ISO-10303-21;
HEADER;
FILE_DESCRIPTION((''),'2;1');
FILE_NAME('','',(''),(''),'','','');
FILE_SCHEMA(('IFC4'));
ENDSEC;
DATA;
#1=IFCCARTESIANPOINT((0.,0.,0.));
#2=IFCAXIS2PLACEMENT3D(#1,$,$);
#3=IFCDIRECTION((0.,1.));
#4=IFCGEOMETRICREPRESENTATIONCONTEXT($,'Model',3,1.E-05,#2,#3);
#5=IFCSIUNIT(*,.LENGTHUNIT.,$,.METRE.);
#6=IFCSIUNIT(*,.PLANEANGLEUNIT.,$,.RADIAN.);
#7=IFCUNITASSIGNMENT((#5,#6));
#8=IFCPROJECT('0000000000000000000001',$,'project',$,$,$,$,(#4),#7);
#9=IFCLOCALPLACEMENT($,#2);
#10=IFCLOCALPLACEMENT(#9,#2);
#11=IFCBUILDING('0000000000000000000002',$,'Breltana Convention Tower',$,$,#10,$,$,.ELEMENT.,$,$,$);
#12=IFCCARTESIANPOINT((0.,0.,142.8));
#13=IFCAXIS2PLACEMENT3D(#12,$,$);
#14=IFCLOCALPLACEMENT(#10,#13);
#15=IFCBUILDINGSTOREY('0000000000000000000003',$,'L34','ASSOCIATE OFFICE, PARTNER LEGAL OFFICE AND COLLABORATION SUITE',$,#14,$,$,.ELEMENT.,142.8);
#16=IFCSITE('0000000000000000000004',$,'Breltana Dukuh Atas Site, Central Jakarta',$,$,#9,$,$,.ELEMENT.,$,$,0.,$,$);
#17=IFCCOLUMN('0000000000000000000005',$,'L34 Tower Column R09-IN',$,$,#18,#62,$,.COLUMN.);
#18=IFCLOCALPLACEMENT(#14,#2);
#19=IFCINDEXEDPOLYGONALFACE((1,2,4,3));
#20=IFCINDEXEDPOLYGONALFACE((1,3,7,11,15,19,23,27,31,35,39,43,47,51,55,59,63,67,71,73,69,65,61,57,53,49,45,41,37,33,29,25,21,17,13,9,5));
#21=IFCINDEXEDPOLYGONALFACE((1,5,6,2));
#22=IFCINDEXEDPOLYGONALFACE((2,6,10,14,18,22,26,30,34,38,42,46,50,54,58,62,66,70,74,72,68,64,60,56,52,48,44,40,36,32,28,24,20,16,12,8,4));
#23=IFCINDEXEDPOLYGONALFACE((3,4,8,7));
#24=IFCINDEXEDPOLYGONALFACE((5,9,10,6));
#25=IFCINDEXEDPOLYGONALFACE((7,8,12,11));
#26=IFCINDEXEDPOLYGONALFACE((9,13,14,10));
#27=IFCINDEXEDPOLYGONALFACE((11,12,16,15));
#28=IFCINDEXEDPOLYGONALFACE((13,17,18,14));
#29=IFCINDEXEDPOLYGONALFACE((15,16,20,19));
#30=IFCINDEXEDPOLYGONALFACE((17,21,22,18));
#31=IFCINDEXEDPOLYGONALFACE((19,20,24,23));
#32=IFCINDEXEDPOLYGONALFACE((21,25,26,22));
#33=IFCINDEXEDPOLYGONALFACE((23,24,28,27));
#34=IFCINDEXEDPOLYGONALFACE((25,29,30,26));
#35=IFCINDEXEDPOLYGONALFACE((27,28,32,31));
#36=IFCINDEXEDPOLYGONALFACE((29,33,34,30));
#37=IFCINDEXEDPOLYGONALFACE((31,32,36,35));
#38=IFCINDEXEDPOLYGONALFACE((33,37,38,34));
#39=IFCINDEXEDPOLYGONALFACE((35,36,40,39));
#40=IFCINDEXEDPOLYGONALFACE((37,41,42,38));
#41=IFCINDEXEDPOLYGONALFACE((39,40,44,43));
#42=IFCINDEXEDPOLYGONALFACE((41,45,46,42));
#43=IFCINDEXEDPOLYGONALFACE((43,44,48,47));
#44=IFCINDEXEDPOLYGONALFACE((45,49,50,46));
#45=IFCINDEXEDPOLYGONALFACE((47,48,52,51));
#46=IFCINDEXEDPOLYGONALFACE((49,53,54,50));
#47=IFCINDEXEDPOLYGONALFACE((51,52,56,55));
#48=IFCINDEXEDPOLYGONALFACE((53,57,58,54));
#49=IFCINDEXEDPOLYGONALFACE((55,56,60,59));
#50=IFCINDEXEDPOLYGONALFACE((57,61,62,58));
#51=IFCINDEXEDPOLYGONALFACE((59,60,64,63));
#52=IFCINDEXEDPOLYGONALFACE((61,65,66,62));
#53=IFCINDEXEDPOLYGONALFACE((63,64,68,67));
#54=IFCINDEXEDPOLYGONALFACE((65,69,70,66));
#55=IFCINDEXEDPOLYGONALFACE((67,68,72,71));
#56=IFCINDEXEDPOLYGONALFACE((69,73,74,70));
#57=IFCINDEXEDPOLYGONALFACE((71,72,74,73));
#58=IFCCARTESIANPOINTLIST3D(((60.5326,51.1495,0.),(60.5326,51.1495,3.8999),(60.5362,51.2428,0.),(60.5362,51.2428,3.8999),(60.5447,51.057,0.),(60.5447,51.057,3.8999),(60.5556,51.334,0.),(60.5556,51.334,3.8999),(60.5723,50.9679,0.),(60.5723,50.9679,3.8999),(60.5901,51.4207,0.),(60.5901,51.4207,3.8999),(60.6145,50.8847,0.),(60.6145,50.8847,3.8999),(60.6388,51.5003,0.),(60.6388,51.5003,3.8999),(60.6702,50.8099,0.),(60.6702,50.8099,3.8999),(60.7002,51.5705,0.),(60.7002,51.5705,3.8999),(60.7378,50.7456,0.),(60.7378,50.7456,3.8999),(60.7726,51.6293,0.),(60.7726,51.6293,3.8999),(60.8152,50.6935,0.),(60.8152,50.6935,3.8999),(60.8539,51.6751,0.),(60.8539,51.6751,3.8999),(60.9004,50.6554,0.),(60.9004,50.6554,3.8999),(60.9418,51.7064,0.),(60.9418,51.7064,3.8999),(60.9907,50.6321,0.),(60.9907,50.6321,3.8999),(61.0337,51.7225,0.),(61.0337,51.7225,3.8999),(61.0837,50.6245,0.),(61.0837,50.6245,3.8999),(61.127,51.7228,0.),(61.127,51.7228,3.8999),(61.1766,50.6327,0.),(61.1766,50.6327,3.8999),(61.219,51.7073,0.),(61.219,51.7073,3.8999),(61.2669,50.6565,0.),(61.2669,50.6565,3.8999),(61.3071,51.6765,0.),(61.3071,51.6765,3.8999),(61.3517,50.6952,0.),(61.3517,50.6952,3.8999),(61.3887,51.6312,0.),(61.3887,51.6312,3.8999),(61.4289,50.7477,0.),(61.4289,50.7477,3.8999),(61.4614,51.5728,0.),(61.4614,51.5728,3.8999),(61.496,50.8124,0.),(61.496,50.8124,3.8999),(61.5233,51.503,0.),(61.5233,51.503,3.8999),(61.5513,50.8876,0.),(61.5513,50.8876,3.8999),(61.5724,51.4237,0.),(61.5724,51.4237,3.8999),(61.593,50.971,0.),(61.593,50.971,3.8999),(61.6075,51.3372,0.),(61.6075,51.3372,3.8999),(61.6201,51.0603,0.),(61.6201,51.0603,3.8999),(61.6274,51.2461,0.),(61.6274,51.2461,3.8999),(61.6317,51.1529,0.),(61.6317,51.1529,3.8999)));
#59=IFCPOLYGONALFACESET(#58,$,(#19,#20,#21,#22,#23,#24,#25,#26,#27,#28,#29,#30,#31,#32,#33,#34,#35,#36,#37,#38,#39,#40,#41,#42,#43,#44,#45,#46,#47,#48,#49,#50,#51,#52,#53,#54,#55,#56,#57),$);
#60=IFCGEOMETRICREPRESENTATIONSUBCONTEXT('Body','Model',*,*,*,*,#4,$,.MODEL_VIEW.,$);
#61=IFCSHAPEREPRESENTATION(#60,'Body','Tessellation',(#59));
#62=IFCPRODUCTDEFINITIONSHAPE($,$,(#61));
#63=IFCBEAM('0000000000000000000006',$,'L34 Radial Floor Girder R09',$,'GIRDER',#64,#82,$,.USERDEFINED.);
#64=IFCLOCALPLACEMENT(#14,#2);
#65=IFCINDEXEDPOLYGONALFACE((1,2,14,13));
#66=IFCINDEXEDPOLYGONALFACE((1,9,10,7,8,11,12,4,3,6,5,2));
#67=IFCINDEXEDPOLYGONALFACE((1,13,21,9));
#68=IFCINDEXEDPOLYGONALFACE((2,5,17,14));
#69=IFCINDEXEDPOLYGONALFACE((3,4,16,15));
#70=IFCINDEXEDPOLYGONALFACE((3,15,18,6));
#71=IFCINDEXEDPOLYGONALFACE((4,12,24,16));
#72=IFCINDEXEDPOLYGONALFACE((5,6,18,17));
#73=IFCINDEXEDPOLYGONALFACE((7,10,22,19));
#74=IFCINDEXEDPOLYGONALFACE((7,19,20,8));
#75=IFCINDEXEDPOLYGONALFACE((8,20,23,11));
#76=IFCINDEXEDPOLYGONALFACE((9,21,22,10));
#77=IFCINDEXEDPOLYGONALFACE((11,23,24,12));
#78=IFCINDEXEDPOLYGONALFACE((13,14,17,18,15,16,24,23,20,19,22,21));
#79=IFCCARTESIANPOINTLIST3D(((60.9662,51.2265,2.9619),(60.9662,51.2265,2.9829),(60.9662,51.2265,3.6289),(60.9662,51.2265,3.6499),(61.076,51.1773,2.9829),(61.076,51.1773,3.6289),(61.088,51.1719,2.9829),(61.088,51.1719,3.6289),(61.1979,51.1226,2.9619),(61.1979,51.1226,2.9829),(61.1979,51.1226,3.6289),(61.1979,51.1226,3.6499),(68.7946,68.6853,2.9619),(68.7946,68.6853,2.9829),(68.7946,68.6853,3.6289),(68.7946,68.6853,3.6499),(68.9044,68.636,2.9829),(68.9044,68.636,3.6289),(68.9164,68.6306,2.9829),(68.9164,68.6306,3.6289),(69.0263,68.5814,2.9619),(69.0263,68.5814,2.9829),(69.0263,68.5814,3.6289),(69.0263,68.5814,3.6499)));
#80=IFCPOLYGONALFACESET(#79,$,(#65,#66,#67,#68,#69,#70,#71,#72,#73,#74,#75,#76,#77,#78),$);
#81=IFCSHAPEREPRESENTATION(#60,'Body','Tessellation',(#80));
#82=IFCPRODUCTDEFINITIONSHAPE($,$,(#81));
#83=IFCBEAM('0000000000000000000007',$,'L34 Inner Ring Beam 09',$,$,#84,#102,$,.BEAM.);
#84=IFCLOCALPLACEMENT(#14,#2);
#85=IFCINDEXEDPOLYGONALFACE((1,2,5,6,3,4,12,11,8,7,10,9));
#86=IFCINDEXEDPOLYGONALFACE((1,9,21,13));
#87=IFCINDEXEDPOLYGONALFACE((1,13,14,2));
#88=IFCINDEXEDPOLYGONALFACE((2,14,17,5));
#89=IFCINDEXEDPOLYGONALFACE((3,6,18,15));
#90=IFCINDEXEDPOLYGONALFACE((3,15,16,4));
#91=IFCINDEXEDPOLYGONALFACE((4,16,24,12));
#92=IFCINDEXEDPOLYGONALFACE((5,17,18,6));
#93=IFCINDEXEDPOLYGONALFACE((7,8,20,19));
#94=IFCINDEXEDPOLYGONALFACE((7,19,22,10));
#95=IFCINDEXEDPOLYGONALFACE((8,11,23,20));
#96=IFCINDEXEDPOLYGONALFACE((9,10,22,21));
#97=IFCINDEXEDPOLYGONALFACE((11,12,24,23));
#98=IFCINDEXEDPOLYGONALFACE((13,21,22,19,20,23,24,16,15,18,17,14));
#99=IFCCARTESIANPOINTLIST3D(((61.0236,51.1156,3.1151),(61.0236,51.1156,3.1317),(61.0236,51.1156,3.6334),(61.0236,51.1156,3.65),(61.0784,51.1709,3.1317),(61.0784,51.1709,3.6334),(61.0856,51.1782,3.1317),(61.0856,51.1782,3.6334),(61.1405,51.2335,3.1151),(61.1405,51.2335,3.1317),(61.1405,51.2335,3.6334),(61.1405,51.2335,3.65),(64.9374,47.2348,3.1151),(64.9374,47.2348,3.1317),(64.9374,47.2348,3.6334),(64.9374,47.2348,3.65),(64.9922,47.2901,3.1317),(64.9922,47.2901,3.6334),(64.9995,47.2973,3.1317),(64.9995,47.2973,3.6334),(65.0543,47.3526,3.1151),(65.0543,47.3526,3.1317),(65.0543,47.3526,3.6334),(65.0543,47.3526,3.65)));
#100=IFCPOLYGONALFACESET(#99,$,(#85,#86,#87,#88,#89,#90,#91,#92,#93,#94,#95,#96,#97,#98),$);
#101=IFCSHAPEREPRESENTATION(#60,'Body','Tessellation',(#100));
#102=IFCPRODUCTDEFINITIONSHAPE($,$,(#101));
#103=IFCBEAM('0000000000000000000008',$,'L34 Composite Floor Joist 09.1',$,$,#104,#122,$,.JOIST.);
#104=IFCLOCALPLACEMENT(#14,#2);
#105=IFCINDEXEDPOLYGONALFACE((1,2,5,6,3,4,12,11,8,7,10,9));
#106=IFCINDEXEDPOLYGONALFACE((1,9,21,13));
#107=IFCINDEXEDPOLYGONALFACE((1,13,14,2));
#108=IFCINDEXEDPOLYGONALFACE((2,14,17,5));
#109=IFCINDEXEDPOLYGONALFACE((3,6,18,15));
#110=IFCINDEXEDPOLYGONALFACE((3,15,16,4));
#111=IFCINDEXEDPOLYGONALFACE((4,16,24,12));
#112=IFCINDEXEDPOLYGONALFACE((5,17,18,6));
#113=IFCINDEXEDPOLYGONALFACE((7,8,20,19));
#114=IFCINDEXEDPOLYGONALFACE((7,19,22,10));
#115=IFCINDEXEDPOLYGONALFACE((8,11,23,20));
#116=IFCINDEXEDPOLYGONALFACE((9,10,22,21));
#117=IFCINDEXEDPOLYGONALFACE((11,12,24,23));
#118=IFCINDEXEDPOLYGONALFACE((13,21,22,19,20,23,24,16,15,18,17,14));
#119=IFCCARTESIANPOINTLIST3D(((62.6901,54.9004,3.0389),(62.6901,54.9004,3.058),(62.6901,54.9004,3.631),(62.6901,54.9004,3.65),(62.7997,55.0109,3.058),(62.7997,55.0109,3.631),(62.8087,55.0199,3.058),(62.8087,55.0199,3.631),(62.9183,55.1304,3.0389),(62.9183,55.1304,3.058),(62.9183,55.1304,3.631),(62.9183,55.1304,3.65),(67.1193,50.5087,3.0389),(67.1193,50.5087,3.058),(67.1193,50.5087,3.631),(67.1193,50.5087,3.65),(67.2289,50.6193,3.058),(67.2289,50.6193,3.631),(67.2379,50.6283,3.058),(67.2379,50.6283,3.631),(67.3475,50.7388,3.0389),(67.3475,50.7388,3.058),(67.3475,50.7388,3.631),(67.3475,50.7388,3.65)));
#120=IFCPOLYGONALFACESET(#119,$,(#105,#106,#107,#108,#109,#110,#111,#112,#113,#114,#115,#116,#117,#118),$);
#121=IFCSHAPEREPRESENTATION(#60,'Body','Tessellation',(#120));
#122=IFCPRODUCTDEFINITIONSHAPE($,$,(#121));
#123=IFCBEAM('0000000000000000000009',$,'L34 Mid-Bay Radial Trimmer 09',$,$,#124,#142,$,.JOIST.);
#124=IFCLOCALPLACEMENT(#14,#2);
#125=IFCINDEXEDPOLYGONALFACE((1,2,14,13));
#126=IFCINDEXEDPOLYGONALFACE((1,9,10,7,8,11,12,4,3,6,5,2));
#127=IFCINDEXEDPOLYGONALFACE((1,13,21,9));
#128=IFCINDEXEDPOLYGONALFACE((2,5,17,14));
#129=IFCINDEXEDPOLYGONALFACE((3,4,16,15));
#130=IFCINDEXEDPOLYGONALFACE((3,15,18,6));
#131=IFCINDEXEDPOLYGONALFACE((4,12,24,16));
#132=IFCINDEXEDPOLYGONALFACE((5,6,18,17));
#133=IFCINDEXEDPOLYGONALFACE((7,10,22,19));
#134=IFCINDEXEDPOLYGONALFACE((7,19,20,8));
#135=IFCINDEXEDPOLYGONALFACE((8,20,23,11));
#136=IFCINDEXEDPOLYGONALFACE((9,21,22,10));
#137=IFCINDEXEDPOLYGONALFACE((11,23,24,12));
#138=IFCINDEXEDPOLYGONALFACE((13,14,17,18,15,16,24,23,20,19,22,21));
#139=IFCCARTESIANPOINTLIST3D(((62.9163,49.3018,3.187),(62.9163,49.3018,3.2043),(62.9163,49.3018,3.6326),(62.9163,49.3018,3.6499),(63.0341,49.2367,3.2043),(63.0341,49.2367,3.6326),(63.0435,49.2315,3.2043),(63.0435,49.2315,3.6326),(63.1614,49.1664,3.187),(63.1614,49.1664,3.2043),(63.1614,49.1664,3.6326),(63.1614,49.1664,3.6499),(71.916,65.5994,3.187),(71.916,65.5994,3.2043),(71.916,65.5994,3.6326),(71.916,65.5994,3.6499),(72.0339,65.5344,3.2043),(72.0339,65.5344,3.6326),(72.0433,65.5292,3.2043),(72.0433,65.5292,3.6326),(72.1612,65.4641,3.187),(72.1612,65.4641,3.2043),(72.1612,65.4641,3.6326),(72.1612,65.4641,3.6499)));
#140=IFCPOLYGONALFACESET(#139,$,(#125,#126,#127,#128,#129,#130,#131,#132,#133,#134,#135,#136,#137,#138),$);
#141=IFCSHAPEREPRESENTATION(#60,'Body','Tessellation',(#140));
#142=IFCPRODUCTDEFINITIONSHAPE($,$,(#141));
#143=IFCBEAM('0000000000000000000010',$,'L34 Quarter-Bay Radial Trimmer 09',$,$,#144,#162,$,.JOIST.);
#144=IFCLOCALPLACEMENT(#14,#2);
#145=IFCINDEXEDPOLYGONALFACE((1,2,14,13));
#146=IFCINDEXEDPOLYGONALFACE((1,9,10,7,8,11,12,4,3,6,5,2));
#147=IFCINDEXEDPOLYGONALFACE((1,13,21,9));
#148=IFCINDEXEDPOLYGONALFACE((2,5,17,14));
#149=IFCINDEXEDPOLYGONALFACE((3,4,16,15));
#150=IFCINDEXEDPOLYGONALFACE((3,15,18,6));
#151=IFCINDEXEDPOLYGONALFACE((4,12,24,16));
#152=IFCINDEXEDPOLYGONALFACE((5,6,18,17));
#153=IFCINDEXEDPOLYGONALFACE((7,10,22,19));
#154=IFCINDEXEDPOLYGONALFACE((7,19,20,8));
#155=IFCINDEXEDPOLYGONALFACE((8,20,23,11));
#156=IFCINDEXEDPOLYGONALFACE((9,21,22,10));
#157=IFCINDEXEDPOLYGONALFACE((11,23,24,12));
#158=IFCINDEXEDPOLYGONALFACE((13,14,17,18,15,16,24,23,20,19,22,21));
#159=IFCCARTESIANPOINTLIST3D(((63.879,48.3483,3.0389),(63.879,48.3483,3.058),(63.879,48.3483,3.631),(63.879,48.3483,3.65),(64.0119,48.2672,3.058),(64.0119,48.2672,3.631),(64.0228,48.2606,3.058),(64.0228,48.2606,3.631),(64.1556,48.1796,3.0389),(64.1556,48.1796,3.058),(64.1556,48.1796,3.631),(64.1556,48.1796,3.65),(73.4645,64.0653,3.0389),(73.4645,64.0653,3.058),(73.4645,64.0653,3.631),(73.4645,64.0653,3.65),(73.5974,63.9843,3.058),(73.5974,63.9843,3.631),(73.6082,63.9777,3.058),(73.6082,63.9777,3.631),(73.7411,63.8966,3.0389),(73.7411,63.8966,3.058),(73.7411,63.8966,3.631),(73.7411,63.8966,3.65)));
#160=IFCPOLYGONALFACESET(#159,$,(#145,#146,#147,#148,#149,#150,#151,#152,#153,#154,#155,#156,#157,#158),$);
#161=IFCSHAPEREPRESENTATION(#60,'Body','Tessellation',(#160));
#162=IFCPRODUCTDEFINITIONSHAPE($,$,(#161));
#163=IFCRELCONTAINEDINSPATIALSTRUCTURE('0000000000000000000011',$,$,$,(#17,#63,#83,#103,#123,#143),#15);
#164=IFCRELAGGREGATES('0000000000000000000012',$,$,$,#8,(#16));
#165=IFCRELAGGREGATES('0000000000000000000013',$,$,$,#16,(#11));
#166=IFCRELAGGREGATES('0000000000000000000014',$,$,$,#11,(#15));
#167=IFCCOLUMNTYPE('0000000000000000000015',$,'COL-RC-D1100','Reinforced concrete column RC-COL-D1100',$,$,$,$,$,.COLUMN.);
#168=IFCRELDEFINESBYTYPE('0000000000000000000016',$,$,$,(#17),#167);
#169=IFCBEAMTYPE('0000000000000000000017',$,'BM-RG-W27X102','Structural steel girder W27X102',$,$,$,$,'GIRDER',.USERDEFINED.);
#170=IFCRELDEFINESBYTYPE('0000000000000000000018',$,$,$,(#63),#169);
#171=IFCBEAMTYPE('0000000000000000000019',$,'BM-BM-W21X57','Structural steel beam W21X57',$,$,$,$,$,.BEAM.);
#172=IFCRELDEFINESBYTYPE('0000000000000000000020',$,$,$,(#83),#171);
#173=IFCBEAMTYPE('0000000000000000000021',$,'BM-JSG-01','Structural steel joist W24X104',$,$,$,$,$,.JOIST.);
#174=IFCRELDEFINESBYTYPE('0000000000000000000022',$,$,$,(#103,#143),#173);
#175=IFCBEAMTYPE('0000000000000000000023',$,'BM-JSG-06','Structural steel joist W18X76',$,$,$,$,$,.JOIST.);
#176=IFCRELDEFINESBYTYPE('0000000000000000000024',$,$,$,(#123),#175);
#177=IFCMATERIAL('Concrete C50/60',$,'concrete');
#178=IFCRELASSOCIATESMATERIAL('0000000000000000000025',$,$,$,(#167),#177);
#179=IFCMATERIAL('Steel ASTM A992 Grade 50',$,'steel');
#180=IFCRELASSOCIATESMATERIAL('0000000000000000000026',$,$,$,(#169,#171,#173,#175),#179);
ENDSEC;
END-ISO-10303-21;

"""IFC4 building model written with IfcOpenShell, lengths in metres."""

from ifc_helpers import new_model, si_unit, direction, frame, origin, origin_2d, place, context, subcontext, project, spatial, circle, i_section, extrude, source, transform, mapped, material, material_profile, profile_set, type_object, element, save


model = new_model("IFC4")

# Units and contexts
model_context = context("Model", 3, precision=1e-05, world=origin(), true_north=direction((0.0, 1.0)))
body_context = subcontext(model_context, "Body", "Model", "MODEL_VIEW")
ifc_project = project(units=[si_unit("LENGTHUNIT", "METRE"), si_unit("PLANEANGLEUNIT", "RADIAN")], contexts=[model_context])

# Site, building, storey
site_placement = place(None, origin())
site = spatial("IfcSite", under=ifc_project, at=site_placement, Name="Breltana Dukuh Atas Site, Central Jakarta", CompositionType="ELEMENT", RefElevation=0.0)
building_placement = place(site_placement, origin())
building = spatial("IfcBuilding", under=site, at=building_placement, Name="Breltana Convention Tower", CompositionType="ELEMENT")
storey_placement = place(building_placement, frame((0.0, 0.0, 142.8)))
storey = spatial("IfcBuildingStorey", under=building, at=storey_placement, Name="L34", Description="ASSOCIATE OFFICE, PARTNER LEGAL OFFICE AND COLLABORATION SUITE", CompositionType="ELEMENT", Elevation=142.8)

# Column
ifc_material_1 = material(Name="Concrete C50/60", Category="concrete")
ifc_material_profile_1 = material_profile(ifc_material_1, circle(Radius=0.55, at=origin_2d()), Name="RC-COL-D1100")
ifc_profile_set_1 = profile_set([ifc_material_profile_1], Name="Concrete C50/60")
column_type = type_object("IfcColumnType", Name="COL-RC-D1100", Description="Reinforced concrete column RC-COL-D1100", PredefinedType="COLUMN", material=ifc_profile_set_1)
shared_shape_1 = source(origin(), body_context, "Body", "SweptSolid", [
    extrude(circle(Radius=0.55, at=origin_2d()), origin(), (0.0, 0.0, 1.0), 3.8999),
])
for number, where, z_axis, x_axis, name in (
    (1, (61.082, 51.1746, 0.0), (0.0, 0.0, 1.0), (0.409127, 0.912477, 0.0), "L34 Tower Column R09-IN"),
):
    element("IfcColumn", number, at=place(storey_placement, frame(where, z_axis=z_axis, x_axis=x_axis)), inside=storey, type_object=column_type, Name=name, PredefinedType="COLUMN", context=body_context, shape_type="MappedRepresentation", body=[
        mapped(shared_shape_1, transform((0.0, 0.0, 0.0), scale=1.0)),
    ])

# Beams
ifc_material_2 = material(Name="Steel ASTM A992 Grade 50", Category="steel")
ifc_material_profile_2 = material_profile(ifc_material_2, i_section(OverallWidth=0.2539, OverallDepth=0.688, WebThickness=0.0132, FlangeThickness=0.021, at=origin_2d()), Name="W27X102")
ifc_profile_set_2 = profile_set([ifc_material_profile_2], Name="Steel ASTM A992 Grade 50")
beam_type_1 = type_object("IfcBeamType", Name="BM-RG-W27X102", Description="Structural steel girder W27X102", ElementType="GIRDER", PredefinedType="USERDEFINED", material=ifc_profile_set_2)
shared_shape_2 = source(origin(), body_context, "Body", "SweptSolid", [
    extrude(i_section(OverallWidth=0.2539, OverallDepth=0.688, WebThickness=0.0132, FlangeThickness=0.021, at=origin_2d()), origin(), (0.0, 0.0, 1.0), 19.1335),
])
beam_1_placement = place(storey_placement, frame((61.082, 51.1746, 3.3059), z_axis=(0.409145, 0.91247, 0.0), x_axis=(-0.91247, 0.409145, 0.0)))
element("IfcBeam", 2, at=beam_1_placement, inside=storey, type_object=beam_type_1, Name="L34 Radial Floor Girder R09", ObjectType="GIRDER", PredefinedType="USERDEFINED", context=body_context, shape_type="MappedRepresentation", body=[
    mapped(shared_shape_2, transform((0.0, 0.0, 0.0), scale=1.0)),
])
ifc_material_profile_3 = material_profile(ifc_material_2, i_section(OverallWidth=0.166, OverallDepth=0.5349, WebThickness=0.0103, FlangeThickness=0.0166, at=origin_2d()), Name="W21X57")
ifc_profile_set_3 = profile_set([ifc_material_profile_3], Name="Steel ASTM A992 Grade 50")
beam_type_2 = type_object("IfcBeamType", Name="BM-BM-W21X57", Description="Structural steel beam W21X57", PredefinedType="BEAM", material=ifc_profile_set_3)
shared_shape_3 = source(origin(), body_context, "Body", "SweptSolid", [
    extrude(i_section(OverallWidth=0.166, OverallDepth=0.5349, WebThickness=0.0103, FlangeThickness=0.0166, at=origin_2d()), origin(), (0.0, 0.0, 1.0), 5.5117),
])
beam_2_placement = place(storey_placement, frame((61.082, 51.1746, 3.3826), z_axis=(0.71009, -0.704111, 0.0), x_axis=(0.704111, 0.71009, 0.0)))
element("IfcBeam", 3, at=beam_2_placement, inside=storey, type_object=beam_type_2, Name="L34 Inner Ring Beam 09", PredefinedType="BEAM", context=body_context, shape_type="MappedRepresentation", body=[
    mapped(shared_shape_3, transform((0.0, 0.0, 0.0), scale=1.0)),
])
ifc_material_profile_4 = material_profile(ifc_material_2, i_section(OverallWidth=0.324, OverallDepth=0.6111, WebThickness=0.0127, FlangeThickness=0.019, at=origin_2d()), Name="W24X104")
ifc_profile_set_4 = profile_set([ifc_material_profile_4], Name="Steel ASTM A992 Grade 50")
beam_type_3 = type_object("IfcBeamType", Name="BM-JSG-01", Description="Structural steel joist W24X104", PredefinedType="JOIST", material=ifc_profile_set_4)
shared_shape_4 = source(origin(), body_context, "Body", "SweptSolid", [
    extrude(i_section(OverallWidth=0.324, OverallDepth=0.6111, WebThickness=0.0127, FlangeThickness=0.019, at=origin_2d()), origin(), (0.0, 0.0, 1.0), 6.2373),
])
beam_3_placement = place(storey_placement, frame((62.8042, 55.0154, 3.3445), z_axis=(0.710114, -0.704086, 0.0), x_axis=(0.704086, 0.710114, 0.0)))
element("IfcBeam", 4, at=beam_3_placement, inside=storey, type_object=beam_type_3, Name="L34 Composite Floor Joist 09.1", PredefinedType="JOIST", context=body_context, shape_type="MappedRepresentation", body=[
    mapped(shared_shape_4, transform((0.0, 0.0, 0.0), scale=1.0)),
])
ifc_material_profile_5 = material_profile(ifc_material_2, i_section(OverallWidth=0.28, OverallDepth=0.4629, WebThickness=0.0107, FlangeThickness=0.0173, at=origin_2d()), Name="W18X76")
ifc_profile_set_5 = profile_set([ifc_material_profile_5], Name="Steel ASTM A992 Grade 50")
beam_type_4 = type_object("IfcBeamType", Name="BM-JSG-06", Description="Structural steel joist W18X76", PredefinedType="JOIST", material=ifc_profile_set_5)
shared_shape_5 = source(origin(), body_context, "Body", "SweptSolid", [
    extrude(i_section(OverallWidth=0.28, OverallDepth=0.4629, WebThickness=0.0107, FlangeThickness=0.0173, at=origin_2d()), origin(), (0.0, 0.0, 1.0), 18.6174),
])
beam_4_placement = place(storey_placement, frame((63.0388, 49.2341, 3.4185), z_axis=(0.483406, 0.875396, 0.0), x_axis=(-0.875396, 0.483406, 0.0)))
element("IfcBeam", 5, at=beam_4_placement, inside=storey, type_object=beam_type_4, Name="L34 Mid-Bay Radial Trimmer 09", PredefinedType="JOIST", context=body_context, shape_type="MappedRepresentation", body=[
    mapped(shared_shape_5, transform((0.0, 0.0, 0.0), scale=1.0)),
])
shared_shape_6 = source(origin(), body_context, "Body", "SweptSolid", [
    extrude(i_section(OverallWidth=0.324, OverallDepth=0.6111, WebThickness=0.0127, FlangeThickness=0.019, at=origin_2d()), origin(), (0.0, 0.0, 1.0), 18.4094),
])
beam_5_placement = place(storey_placement, frame((64.0173, 48.2639, 3.3445), z_axis=(0.520682, 0.853751, 0.0), x_axis=(-0.853751, 0.520682, 0.0)))
element("IfcBeam", 6, at=beam_5_placement, inside=storey, type_object=beam_type_3, Name="L34 Quarter-Bay Radial Trimmer 09", PredefinedType="JOIST", context=body_context, shape_type="MappedRepresentation", body=[
    mapped(shared_shape_6, transform((0.0, 0.0, 0.0), scale=1.0)),
])

save(model, "model.ifc")
